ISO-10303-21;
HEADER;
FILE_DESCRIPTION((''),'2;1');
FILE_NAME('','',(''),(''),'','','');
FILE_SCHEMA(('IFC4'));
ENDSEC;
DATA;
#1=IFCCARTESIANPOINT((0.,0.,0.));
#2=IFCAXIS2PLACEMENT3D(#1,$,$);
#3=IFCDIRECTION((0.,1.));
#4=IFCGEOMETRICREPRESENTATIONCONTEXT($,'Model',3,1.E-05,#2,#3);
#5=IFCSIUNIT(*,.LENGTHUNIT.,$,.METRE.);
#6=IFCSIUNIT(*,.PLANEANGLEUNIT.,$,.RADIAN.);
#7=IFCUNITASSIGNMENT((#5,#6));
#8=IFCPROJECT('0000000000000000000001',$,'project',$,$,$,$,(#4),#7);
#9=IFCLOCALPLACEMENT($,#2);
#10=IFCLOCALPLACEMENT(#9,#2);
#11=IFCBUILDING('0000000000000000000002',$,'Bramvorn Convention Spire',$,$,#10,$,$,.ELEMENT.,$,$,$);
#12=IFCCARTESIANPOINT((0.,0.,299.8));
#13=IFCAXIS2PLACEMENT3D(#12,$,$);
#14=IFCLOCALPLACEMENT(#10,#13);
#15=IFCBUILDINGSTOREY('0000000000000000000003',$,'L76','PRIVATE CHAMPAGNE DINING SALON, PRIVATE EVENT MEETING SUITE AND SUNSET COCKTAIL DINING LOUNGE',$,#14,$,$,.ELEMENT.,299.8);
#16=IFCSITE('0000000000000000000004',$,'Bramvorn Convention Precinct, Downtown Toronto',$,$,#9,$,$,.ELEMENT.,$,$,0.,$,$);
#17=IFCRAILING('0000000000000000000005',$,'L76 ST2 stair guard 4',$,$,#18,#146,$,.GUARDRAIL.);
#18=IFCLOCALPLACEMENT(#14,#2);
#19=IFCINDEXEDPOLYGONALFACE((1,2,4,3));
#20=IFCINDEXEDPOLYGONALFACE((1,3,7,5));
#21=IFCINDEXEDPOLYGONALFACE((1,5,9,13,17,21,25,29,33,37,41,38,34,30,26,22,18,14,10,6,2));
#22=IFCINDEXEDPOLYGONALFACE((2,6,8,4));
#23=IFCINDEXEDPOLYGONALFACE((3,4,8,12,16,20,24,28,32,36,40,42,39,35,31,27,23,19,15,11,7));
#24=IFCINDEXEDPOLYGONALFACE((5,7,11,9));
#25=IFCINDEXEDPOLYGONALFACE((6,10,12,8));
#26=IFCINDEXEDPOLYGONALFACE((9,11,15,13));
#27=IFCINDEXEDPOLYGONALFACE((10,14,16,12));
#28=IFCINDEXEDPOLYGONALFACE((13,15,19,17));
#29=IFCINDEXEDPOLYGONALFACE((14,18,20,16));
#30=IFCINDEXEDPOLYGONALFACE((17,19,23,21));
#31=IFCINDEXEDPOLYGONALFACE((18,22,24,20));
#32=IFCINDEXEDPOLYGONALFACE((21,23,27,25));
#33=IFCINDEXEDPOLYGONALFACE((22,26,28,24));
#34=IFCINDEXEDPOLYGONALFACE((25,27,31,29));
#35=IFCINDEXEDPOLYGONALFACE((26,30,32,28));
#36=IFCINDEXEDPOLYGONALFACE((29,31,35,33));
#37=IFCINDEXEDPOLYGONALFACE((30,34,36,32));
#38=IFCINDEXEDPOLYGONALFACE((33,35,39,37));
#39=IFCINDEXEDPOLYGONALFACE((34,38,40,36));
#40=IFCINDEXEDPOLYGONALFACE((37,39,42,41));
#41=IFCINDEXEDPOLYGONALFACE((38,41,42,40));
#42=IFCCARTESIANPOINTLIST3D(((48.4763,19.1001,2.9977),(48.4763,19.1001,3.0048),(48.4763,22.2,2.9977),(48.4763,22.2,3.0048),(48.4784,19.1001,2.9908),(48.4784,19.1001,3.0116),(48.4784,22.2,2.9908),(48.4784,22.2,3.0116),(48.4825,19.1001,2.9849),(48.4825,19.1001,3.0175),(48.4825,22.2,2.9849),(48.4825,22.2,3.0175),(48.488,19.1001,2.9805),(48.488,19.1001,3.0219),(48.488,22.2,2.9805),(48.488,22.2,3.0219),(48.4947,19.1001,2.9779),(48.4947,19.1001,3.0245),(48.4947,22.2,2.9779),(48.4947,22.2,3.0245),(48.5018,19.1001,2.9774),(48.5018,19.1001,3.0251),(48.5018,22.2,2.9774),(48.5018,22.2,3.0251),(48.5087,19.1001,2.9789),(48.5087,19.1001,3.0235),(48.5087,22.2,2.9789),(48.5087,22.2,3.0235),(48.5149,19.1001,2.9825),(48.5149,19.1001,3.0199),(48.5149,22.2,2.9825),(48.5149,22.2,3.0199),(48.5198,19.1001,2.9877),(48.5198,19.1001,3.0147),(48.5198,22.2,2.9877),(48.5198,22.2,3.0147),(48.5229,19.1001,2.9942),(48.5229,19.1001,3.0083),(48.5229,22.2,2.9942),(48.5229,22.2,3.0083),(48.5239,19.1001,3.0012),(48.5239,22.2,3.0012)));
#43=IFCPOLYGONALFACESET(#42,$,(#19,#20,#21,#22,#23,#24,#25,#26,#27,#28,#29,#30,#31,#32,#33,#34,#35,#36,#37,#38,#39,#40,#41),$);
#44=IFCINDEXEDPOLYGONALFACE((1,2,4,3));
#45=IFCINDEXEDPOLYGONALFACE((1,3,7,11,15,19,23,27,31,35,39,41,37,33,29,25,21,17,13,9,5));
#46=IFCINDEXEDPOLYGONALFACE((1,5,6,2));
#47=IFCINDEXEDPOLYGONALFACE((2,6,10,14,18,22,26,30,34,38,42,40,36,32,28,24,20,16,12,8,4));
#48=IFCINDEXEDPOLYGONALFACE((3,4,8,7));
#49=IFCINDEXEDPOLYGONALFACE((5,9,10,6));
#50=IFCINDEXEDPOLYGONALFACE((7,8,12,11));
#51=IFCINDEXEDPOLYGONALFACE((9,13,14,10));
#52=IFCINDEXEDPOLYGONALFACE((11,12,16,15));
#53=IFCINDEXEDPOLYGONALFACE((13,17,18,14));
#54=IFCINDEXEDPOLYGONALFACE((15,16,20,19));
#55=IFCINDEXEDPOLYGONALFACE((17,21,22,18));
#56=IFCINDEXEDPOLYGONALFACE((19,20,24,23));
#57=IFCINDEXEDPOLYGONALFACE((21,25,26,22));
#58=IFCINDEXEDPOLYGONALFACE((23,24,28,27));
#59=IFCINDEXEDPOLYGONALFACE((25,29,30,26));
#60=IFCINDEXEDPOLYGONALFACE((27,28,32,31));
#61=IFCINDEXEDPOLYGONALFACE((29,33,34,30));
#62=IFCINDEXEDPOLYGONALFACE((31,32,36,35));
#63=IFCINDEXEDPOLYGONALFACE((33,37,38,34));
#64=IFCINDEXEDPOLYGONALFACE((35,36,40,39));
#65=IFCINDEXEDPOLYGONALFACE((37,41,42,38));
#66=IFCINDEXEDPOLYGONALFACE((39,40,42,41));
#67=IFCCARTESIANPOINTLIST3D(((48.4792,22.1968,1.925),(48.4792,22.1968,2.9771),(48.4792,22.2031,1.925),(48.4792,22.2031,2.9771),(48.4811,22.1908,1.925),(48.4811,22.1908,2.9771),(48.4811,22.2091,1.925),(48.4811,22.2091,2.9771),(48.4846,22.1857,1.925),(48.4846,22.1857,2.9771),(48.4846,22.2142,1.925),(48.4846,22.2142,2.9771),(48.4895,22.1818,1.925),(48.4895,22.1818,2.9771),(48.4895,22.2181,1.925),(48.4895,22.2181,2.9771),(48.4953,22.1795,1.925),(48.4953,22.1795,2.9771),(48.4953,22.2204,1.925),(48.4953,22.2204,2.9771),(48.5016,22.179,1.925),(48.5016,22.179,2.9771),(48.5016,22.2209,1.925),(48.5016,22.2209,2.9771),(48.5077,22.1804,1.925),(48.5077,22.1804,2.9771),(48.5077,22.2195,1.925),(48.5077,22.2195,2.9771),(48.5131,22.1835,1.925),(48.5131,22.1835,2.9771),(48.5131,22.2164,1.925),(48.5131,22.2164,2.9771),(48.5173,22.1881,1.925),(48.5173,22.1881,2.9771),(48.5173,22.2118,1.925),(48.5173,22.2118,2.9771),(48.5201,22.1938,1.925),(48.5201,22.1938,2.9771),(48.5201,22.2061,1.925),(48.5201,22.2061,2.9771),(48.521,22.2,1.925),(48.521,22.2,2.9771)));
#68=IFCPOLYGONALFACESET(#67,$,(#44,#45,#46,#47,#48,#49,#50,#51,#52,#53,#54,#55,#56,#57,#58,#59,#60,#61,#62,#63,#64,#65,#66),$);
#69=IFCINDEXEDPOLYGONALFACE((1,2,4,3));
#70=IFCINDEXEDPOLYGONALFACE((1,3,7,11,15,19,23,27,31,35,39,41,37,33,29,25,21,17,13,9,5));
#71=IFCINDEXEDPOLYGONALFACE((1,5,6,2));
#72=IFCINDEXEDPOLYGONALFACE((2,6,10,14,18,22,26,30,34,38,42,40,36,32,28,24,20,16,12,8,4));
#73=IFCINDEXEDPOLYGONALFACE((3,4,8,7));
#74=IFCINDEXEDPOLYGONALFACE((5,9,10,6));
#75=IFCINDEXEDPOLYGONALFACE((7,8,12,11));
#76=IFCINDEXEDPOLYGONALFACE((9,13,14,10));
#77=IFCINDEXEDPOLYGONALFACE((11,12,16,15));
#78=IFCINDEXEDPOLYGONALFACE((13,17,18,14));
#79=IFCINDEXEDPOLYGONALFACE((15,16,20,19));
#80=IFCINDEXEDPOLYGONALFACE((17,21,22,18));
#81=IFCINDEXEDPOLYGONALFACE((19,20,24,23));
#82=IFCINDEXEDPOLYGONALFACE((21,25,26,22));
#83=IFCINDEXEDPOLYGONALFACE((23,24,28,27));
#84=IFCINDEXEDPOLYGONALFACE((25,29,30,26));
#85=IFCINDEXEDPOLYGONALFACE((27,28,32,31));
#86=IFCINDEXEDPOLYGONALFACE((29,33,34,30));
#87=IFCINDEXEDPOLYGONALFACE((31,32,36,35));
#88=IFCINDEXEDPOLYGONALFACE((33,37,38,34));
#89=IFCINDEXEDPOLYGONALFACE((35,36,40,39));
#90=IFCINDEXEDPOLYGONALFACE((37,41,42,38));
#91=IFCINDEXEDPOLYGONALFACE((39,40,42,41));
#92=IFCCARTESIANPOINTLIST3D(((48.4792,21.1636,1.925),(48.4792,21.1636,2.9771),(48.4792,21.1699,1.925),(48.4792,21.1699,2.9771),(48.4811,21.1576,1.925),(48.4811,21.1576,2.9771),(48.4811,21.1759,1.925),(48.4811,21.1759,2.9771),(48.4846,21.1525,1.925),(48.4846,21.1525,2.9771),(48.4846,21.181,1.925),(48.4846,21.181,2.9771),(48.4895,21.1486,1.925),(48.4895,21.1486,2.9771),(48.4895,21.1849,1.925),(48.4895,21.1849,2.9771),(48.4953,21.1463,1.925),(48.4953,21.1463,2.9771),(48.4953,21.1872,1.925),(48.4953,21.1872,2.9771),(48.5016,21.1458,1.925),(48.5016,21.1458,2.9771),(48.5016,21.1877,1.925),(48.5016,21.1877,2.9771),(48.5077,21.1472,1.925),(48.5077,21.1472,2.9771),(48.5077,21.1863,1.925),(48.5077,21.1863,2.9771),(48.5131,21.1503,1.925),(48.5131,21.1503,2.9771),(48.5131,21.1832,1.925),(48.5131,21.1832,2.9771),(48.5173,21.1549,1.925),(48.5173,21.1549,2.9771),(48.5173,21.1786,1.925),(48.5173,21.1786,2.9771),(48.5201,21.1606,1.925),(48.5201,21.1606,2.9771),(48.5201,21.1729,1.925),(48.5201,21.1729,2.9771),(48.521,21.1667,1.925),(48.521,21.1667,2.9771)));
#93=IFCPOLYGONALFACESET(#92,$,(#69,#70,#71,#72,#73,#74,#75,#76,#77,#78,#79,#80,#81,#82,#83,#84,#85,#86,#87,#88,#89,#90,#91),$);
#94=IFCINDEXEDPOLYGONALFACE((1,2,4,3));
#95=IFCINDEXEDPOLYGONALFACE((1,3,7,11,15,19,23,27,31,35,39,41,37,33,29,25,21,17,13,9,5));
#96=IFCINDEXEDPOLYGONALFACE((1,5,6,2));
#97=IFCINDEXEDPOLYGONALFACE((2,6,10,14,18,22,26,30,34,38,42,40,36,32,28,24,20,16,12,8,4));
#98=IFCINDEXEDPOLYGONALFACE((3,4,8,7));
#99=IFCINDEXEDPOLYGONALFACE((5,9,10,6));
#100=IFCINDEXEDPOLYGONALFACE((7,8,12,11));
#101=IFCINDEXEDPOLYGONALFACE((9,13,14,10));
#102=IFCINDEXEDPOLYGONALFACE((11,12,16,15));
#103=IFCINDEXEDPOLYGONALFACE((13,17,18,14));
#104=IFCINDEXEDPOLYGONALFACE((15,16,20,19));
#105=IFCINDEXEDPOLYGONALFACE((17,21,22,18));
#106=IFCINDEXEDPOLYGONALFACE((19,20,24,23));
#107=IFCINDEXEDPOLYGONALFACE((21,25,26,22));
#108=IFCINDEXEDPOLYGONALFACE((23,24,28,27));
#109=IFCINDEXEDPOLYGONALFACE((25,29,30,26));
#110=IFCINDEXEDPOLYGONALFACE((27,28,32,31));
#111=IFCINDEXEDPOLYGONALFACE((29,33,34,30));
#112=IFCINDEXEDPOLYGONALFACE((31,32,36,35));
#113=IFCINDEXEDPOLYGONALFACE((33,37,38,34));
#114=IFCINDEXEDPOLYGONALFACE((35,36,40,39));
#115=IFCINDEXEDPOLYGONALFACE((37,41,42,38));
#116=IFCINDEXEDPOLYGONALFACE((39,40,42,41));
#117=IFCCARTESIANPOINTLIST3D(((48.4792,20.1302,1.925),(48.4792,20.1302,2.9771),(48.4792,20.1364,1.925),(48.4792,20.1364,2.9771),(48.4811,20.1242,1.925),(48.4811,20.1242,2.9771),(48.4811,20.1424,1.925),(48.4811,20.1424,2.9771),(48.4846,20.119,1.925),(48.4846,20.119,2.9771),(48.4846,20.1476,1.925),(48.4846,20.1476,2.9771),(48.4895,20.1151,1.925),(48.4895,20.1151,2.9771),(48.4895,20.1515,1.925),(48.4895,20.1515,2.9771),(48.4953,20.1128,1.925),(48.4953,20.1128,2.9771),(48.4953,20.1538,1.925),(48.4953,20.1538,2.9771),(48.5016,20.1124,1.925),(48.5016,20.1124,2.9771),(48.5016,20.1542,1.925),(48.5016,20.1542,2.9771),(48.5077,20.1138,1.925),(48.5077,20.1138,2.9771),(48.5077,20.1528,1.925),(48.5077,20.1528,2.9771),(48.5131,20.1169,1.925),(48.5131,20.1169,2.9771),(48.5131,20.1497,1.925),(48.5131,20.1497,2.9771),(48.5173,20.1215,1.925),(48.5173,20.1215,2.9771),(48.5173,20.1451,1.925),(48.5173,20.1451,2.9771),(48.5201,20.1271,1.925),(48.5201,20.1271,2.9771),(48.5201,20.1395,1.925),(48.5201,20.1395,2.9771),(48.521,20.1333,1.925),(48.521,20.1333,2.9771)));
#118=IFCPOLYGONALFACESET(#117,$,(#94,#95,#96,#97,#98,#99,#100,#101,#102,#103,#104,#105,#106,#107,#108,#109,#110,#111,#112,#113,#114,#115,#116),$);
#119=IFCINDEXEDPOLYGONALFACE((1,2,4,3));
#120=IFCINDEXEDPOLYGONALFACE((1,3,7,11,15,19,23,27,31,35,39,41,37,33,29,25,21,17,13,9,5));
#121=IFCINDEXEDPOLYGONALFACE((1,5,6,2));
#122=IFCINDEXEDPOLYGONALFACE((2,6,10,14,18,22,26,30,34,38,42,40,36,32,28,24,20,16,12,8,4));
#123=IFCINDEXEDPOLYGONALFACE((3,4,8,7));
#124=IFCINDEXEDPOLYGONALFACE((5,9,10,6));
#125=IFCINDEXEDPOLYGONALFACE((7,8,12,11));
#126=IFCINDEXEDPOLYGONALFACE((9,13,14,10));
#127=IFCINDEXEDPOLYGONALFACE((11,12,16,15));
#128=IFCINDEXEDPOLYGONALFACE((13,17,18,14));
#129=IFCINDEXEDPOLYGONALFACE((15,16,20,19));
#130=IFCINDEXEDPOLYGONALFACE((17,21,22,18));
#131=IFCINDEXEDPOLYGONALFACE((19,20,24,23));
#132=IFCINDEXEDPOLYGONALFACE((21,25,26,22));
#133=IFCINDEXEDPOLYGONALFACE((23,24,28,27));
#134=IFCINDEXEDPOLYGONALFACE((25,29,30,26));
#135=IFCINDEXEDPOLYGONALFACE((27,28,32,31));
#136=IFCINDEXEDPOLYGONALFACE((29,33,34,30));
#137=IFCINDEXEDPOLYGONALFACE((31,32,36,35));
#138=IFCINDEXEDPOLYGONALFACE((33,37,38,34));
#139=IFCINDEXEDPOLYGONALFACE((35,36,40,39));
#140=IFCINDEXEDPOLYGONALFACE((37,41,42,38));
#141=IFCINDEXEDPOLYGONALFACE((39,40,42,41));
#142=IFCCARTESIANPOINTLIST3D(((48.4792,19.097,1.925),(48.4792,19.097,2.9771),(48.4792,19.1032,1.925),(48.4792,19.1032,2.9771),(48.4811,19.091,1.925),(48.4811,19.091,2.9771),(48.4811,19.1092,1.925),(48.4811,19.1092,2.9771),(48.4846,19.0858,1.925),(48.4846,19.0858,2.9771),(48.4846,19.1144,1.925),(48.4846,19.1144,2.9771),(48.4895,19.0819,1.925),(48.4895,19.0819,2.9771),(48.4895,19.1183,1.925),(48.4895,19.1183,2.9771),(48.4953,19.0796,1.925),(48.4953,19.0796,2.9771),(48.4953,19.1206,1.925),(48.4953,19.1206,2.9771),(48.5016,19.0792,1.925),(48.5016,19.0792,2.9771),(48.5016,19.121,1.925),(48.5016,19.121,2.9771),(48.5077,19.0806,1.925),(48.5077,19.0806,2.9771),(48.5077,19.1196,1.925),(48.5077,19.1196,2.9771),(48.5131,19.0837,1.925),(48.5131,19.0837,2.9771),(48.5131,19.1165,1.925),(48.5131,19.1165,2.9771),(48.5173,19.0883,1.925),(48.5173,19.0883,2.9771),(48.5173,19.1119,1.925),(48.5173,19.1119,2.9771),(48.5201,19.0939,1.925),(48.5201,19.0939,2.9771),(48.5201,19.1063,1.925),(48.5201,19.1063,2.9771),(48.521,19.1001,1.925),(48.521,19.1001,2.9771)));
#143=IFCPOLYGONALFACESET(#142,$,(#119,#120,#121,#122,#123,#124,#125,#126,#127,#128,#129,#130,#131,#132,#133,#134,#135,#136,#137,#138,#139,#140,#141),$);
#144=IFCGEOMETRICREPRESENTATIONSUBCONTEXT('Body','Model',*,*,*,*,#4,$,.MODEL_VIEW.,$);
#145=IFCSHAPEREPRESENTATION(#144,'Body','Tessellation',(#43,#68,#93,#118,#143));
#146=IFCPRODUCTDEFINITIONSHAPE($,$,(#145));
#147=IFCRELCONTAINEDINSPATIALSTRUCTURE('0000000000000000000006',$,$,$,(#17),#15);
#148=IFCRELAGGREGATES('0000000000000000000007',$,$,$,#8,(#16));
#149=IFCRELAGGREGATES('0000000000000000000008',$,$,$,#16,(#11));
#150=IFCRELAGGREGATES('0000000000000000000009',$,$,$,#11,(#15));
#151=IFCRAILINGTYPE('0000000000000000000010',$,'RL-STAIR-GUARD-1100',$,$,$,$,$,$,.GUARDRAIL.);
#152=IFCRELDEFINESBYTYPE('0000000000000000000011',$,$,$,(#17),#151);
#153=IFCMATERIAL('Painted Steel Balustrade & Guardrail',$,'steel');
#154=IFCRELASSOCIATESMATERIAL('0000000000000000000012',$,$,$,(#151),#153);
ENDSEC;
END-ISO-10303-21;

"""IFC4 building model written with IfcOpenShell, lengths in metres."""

from ifc_helpers import new_model, si_unit, direction, frame, origin, origin_2d, place, context, subcontext, project, spatial, circle, extrude, material, type_object, element, save


model = new_model("IFC4")

# Units and contexts
model_context = context("Model", 3, precision=1e-05, world=origin(), true_north=direction((0.0, 1.0)))
body_context = subcontext(model_context, "Body", "Model", "MODEL_VIEW")
ifc_project = project(units=[si_unit("LENGTHUNIT", "METRE"), si_unit("PLANEANGLEUNIT", "RADIAN")], contexts=[model_context])

# Site, building, storey
site_placement = place(None, origin())
site = spatial("IfcSite", under=ifc_project, at=site_placement, Name="Bramvorn Convention Precinct, Downtown Toronto", CompositionType="ELEMENT", RefElevation=0.0)
building_placement = place(site_placement, origin())
building = spatial("IfcBuilding", under=site, at=building_placement, Name="Bramvorn Convention Spire", CompositionType="ELEMENT")
storey_placement = place(building_placement, frame((0.0, 0.0, 299.8)))
storey = spatial("IfcBuildingStorey", under=building, at=storey_placement, Name="L76", Description="PRIVATE CHAMPAGNE DINING SALON, PRIVATE EVENT MEETING SUITE AND SUNSET COCKTAIL DINING LOUNGE", CompositionType="ELEMENT", Elevation=299.8)

# Railing
ifc_material_1 = material(Name="Painted Steel Balustrade & Guardrail", Category="steel")
railing_type_1 = type_object("IfcRailingType", Name="RL-STAIR-GUARD-1100", PredefinedType="GUARDRAIL", material=ifc_material_1)
railing_1_placement = place(storey_placement, frame((48.5, 22.2, 1.925)))
element("IfcRailing", 1, at=railing_1_placement, inside=storey, type_object=railing_type_1, Name="L76 ST2 stair guard 4", PredefinedType="GUARDRAIL", context=body_context, shape_type="SweptSolid", body=[
    extrude(circle(Radius=0.0239, at=origin_2d()), frame((0.0, 0.0, 1.0762), z_axis=(0.0, -1.0, 0.0), x_axis=(1.0, 0.0, 0.0)), (0.0, 0.0, 1.0), 3.0999),
    extrude(circle(Radius=0.021, at=origin_2d()), origin(), (0.0, 0.0, 1.0), 1.052),
    extrude(circle(Radius=0.021, at=origin_2d()), frame((0.0, -1.0332, 0.0)), (0.0, 0.0, 1.0), 1.052),
    extrude(circle(Radius=0.021, at=origin_2d()), frame((0.0, -2.0667, 0.0)), (0.0, 0.0, 1.0), 1.052),
    extrude(circle(Radius=0.021, at=origin_2d()), frame((0.0, -3.0999, 0.0)), (0.0, 0.0, 1.0), 1.052),
])

save(model, "model.ifc")
